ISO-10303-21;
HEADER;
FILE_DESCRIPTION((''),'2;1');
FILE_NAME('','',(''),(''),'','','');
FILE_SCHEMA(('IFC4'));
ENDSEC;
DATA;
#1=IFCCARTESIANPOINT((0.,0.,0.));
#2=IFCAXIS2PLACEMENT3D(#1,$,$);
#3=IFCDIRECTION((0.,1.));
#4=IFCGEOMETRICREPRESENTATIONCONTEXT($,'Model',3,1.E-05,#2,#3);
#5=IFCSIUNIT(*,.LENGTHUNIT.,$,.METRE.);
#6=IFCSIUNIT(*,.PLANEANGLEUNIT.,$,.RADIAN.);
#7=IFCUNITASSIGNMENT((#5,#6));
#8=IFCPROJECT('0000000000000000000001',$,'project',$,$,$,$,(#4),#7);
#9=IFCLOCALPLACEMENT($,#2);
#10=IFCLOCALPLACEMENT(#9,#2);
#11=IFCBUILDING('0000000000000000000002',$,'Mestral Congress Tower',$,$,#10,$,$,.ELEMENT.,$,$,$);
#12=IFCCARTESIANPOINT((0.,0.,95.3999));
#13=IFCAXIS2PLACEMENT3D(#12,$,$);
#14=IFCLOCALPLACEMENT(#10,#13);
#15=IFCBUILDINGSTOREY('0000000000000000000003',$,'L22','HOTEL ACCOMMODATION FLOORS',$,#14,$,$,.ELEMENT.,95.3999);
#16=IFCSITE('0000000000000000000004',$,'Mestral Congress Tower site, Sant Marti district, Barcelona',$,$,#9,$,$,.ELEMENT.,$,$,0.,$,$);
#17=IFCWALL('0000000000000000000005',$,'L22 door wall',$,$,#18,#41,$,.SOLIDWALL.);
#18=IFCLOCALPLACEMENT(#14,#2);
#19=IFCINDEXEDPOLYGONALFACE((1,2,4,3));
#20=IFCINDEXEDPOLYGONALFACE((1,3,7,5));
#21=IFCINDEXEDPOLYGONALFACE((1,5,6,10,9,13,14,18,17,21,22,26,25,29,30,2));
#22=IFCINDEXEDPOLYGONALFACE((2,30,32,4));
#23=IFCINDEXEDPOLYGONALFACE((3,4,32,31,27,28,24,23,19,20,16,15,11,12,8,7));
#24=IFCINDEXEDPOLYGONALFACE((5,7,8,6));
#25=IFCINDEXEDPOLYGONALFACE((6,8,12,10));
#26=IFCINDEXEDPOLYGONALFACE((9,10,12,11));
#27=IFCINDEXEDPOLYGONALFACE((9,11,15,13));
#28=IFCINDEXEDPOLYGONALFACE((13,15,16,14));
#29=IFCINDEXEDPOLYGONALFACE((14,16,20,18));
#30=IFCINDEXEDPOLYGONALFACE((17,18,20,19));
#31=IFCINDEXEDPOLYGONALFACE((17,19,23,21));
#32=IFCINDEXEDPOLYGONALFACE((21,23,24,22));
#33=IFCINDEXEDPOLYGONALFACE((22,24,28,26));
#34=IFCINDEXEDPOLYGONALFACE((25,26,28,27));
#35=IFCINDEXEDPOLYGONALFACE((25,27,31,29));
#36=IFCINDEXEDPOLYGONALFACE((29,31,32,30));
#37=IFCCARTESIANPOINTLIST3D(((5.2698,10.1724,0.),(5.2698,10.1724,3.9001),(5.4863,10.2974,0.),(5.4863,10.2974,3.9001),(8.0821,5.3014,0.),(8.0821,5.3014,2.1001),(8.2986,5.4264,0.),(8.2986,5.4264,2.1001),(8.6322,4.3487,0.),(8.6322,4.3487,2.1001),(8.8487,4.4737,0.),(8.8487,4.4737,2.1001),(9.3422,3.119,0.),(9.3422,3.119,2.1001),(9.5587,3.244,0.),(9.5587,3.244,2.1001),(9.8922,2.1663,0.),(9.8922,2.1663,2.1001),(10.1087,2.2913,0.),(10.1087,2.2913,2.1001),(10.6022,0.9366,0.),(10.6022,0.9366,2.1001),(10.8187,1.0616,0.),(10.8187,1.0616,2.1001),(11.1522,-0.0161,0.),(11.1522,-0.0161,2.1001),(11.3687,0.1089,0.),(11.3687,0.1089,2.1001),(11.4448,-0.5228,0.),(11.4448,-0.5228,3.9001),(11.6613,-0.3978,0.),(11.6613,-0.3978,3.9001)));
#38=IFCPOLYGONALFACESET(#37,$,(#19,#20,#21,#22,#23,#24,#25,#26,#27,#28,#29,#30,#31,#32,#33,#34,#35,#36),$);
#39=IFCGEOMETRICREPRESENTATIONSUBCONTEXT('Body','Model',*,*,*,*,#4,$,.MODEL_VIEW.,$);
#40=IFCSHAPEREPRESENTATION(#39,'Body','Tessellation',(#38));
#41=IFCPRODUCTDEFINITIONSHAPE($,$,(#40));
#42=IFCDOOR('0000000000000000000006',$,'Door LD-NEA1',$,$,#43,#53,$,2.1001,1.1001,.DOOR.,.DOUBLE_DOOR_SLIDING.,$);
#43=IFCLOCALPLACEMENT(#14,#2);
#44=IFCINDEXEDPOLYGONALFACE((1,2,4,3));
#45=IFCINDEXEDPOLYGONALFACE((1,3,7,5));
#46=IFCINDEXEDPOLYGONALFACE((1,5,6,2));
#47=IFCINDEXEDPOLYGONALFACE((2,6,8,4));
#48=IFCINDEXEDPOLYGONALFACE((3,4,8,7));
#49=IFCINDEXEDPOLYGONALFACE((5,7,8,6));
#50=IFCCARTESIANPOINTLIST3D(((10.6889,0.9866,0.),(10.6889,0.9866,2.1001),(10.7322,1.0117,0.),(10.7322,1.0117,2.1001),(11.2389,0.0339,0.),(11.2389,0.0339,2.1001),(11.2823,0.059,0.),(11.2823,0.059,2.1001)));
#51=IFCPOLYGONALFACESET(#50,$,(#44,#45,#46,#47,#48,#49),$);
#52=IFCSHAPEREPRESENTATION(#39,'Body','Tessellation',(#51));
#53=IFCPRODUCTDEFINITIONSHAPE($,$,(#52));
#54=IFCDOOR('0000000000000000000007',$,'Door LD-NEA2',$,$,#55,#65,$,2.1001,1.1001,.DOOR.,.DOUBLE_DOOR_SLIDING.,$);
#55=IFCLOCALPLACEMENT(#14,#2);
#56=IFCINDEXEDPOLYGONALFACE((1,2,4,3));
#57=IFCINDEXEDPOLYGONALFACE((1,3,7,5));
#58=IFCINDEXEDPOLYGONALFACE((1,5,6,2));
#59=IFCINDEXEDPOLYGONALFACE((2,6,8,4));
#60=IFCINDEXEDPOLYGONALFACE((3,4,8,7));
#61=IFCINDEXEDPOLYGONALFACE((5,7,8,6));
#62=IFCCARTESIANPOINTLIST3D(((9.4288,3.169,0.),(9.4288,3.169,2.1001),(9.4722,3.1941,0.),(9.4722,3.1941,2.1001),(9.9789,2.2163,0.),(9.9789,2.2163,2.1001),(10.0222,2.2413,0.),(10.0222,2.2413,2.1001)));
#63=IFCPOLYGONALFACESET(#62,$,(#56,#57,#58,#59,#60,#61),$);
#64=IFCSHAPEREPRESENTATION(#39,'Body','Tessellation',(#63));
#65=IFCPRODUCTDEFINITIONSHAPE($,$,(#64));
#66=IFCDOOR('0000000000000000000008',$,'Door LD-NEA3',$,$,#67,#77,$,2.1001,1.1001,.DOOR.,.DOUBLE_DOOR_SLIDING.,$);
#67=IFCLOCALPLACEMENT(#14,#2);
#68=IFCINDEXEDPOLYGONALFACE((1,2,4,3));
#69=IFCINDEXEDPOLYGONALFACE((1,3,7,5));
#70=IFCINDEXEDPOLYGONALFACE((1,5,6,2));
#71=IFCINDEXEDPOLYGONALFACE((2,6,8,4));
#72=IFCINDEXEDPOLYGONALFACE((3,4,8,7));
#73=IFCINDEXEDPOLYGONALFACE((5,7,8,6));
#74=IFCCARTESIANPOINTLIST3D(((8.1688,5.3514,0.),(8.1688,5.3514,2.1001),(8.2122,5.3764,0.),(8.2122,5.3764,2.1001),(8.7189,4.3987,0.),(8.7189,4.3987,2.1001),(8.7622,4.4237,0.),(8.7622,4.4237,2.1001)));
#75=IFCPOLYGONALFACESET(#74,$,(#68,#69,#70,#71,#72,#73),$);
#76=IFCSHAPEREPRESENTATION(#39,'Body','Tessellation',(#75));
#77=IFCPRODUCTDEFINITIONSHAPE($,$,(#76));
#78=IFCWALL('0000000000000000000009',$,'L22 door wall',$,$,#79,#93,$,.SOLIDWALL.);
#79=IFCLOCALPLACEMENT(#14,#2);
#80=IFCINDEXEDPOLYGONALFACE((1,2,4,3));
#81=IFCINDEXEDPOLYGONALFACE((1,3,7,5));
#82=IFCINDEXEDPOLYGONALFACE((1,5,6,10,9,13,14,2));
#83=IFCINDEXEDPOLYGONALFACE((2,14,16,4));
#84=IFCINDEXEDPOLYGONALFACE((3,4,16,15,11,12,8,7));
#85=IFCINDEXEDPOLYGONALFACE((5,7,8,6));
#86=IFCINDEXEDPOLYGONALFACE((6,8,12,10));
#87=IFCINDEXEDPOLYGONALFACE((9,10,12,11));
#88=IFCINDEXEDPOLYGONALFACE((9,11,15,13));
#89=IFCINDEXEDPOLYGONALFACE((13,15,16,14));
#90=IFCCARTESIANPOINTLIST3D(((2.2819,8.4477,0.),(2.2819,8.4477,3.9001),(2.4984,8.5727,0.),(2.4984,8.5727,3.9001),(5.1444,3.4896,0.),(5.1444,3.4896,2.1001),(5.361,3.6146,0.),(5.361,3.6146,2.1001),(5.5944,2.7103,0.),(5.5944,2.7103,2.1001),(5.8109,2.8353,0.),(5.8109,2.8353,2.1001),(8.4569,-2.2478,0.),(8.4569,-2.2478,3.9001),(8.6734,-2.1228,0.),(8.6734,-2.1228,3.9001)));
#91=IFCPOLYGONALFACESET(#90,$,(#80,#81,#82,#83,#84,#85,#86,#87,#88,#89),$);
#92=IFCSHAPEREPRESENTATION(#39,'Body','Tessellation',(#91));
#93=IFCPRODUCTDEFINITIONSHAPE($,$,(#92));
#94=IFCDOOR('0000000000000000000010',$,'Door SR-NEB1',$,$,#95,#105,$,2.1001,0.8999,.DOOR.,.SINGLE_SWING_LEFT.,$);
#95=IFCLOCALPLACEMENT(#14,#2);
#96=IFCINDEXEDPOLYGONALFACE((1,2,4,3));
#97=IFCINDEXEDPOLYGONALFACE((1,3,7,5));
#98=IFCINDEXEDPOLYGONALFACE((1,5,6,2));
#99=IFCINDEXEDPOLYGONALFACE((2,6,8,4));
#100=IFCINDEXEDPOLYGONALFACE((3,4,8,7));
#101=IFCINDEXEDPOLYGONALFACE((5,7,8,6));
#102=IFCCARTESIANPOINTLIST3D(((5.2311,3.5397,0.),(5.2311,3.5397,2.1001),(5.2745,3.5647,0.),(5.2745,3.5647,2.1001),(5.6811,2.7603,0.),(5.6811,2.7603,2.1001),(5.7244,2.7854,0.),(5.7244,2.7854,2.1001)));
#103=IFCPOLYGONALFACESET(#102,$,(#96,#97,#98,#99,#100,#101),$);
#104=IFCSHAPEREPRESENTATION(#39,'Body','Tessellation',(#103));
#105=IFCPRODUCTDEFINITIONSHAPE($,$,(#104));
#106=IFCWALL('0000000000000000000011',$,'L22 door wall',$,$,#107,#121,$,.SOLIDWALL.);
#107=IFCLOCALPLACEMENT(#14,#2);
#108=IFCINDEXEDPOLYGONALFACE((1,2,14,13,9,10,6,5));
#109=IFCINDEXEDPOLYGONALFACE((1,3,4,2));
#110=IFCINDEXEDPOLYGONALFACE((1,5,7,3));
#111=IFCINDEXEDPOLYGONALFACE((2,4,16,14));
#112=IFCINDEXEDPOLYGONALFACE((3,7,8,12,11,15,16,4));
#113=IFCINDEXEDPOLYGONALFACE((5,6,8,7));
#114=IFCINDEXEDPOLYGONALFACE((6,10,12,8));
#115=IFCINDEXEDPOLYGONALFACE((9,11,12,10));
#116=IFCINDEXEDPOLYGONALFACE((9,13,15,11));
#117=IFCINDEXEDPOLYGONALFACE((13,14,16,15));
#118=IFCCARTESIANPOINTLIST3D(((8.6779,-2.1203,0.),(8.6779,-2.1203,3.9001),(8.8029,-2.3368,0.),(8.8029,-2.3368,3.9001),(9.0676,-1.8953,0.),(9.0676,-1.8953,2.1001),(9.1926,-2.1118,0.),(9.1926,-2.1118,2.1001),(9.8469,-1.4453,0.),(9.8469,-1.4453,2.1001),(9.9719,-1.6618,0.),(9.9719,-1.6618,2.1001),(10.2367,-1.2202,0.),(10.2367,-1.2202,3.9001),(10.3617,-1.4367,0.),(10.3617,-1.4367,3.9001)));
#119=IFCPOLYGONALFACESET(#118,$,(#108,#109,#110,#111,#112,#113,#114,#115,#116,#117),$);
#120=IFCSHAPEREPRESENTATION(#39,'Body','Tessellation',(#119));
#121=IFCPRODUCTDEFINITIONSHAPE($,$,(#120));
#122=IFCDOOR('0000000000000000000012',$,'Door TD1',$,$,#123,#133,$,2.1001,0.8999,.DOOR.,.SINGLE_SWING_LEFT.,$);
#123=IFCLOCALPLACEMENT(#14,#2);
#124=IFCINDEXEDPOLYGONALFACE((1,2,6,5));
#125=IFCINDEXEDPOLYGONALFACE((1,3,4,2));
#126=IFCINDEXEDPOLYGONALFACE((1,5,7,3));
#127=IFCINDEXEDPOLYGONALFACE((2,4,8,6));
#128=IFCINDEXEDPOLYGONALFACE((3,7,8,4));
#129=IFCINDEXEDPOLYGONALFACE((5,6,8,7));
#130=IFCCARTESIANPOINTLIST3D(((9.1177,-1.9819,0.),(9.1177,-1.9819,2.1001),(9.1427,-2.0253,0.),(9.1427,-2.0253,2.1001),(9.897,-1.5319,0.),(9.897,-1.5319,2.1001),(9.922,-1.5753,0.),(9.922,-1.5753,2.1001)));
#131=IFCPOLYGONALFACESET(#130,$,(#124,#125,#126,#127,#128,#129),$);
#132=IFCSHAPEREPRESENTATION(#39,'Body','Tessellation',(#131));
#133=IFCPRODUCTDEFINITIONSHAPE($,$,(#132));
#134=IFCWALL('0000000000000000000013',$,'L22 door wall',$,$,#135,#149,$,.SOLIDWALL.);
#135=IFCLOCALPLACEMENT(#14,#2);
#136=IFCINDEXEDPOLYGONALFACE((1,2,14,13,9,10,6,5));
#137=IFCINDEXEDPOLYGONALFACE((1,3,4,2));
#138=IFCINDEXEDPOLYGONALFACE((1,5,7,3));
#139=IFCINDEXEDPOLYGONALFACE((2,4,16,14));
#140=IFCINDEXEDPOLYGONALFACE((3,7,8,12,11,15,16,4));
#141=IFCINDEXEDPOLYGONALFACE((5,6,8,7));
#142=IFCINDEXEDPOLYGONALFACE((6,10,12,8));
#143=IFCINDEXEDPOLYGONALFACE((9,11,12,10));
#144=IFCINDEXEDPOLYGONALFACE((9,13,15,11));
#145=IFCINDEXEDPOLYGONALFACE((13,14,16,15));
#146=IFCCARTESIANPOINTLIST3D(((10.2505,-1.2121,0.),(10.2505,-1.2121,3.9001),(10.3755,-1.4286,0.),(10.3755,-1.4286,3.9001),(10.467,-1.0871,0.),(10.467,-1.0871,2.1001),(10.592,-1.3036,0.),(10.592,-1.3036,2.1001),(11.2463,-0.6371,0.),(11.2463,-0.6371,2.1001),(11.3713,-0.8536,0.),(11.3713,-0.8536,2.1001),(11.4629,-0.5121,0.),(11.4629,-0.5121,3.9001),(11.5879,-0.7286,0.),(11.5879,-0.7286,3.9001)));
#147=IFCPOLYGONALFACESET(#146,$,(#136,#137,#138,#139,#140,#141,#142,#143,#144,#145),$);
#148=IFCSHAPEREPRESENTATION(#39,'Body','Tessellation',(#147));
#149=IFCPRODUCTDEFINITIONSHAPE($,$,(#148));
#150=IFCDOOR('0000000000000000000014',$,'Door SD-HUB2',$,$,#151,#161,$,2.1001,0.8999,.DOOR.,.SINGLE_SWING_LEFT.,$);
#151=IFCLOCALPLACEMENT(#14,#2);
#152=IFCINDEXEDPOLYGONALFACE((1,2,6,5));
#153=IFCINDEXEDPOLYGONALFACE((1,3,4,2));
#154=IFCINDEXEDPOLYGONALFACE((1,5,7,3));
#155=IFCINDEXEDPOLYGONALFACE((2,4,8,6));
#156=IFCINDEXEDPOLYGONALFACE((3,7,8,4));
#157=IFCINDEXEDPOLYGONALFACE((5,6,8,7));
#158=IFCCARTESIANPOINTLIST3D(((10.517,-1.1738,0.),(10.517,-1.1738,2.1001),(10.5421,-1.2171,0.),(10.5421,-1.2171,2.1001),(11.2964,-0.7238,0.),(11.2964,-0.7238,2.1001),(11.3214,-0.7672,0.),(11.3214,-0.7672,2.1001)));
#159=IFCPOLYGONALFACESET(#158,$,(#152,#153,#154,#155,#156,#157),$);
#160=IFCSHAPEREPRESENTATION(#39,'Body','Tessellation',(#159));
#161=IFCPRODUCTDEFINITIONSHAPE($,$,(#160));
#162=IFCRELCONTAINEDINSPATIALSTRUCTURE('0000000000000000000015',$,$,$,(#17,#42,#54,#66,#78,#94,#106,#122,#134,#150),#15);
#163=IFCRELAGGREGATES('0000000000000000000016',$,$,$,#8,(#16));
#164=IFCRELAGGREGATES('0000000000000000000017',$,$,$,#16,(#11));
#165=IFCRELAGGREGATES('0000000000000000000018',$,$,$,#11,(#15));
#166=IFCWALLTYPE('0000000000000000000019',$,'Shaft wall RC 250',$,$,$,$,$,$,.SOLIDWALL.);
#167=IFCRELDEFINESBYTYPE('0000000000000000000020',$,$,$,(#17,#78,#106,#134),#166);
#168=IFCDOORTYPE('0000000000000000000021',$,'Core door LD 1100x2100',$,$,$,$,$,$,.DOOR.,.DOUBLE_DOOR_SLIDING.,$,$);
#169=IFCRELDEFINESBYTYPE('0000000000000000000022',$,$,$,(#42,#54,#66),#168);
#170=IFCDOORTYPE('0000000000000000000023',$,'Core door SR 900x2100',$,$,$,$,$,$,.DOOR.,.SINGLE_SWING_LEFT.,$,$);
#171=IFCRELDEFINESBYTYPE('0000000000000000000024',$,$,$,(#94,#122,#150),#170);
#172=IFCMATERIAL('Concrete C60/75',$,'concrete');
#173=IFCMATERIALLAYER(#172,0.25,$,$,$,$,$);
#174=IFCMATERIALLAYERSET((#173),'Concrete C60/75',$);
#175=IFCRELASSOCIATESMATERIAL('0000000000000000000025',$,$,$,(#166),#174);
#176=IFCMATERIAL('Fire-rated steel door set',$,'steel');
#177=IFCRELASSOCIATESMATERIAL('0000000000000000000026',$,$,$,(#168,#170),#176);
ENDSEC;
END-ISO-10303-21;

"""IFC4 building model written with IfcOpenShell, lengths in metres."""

from ifc_helpers import new_model, si_unit, direction, frame, frame_2d, origin, place, context, subcontext, project, spatial, rectangle, extrude, material, layer, layer_set, type_object, element, fill, save


model = new_model("IFC4")

# Units and contexts
model_context = context("Model", 3, precision=1e-05, world=origin(), true_north=direction((0.0, 1.0)))
body_context = subcontext(model_context, "Body", "Model", "MODEL_VIEW")
ifc_project = project(units=[si_unit("LENGTHUNIT", "METRE"), si_unit("PLANEANGLEUNIT", "RADIAN")], contexts=[model_context])

# Site, building, storey
site_placement = place(None, origin())
site = spatial("IfcSite", under=ifc_project, at=site_placement, Name="Mestral Congress Tower site, Sant Marti district, Barcelona", CompositionType="ELEMENT", RefElevation=0.0)
building_placement = place(site_placement, origin())
building = spatial("IfcBuilding", under=site, at=building_placement, Name="Mestral Congress Tower", CompositionType="ELEMENT")
storey_placement = place(building_placement, frame((0.0, 0.0, 95.3999)))
storey = spatial("IfcBuildingStorey", under=building, at=storey_placement, Name="L22", Description="HOTEL ACCOMMODATION FLOORS", CompositionType="ELEMENT", Elevation=95.3999)

# Shared definitions
ifc_material_1 = material(Name="Fire-rated steel door set", Category="steel")

# Shared definitions
ifc_material_2 = material(Name="Concrete C60/75", Category="concrete")
ifc_layer_1 = layer(ifc_material_2, 0.25)
ifc_layer_set_1 = layer_set([ifc_layer_1], Name="Concrete C60/75")
wall_type_1 = type_object("IfcWallType", Name="Shaft wall RC 250", PredefinedType="SOLIDWALL", material=ifc_layer_set_1)

# Wall, openings, doors
wall_1_placement = place(storey_placement, frame((11.553, -0.4602, 0.0), z_axis=(0.0, 0.0, 1.0), x_axis=(-0.500007, 0.866022, 0.0)))
wall_1 = element("IfcWall", 1, at=wall_1_placement, inside=storey, type_object=wall_type_1, Name="L22 door wall", PredefinedType="SOLIDWALL", context=body_context, shape_type="SweptSolid", body=[
    extrude(rectangle(XDim=12.3499, YDim=0.25, at=frame_2d((6.1748, 0.0))), origin(), (0.0, 0.0, 1.0), 3.9001),
])
opening_1_placement = place(wall_1_placement, frame((0.585, 0.0, 0.0)))
opening_1 = element("IfcOpeningElement", 2, at=opening_1_placement, cuts=wall_1, PredefinedType="OPENING", context=body_context, shape_type="SweptSolid", body=[
    extrude(rectangle(XDim=1.1001, YDim=2.1001, at=frame_2d((0.55, 1.05))), frame((0.0, 0.135, 0.0), z_axis=(0.0, -1.0, 0.0), x_axis=(1.0, 0.0, 0.0)), (0.0, 0.0, 1.0), 0.27),
])
opening_2_placement = place(wall_1_placement, frame((3.105, 0.0, 0.0)))
opening_2 = element("IfcOpeningElement", 3, at=opening_2_placement, cuts=wall_1, PredefinedType="OPENING", context=body_context, shape_type="SweptSolid", body=[
    extrude(rectangle(XDim=1.1001, YDim=2.1001, at=frame_2d((0.55, 1.05))), frame((0.0, 0.135, 0.0), z_axis=(0.0, -1.0, 0.0), x_axis=(1.0, 0.0, 0.0)), (0.0, 0.0, 1.0), 0.27),
])
opening_3_placement = place(wall_1_placement, frame((5.625, 0.0, 0.0)))
opening_3 = element("IfcOpeningElement", 4, at=opening_3_placement, cuts=wall_1, PredefinedType="OPENING", context=body_context, shape_type="SweptSolid", body=[
    extrude(rectangle(XDim=1.1001, YDim=2.1001, at=frame_2d((0.55, 1.05))), frame((0.0, 0.135, 0.0), z_axis=(0.0, -1.0, 0.0), x_axis=(1.0, 0.0, 0.0)), (0.0, 0.0, 1.0), 0.27),
])
door_type_1 = type_object("IfcDoorType", Name="Core door LD 1100x2100", OperationType="DOUBLE_DOOR_SLIDING", PredefinedType="DOOR", material=ifc_material_1)
door_1_placement = place(opening_1_placement, origin())
door_1 = element("IfcDoor", 5, at=door_1_placement, inside=storey, type_object=door_type_1, Name="Door LD-NEA1", OperationType="DOUBLE_DOOR_SLIDING", OverallHeight=2.1001, OverallWidth=1.1001, PredefinedType="DOOR", context=body_context, shape_type="SweptSolid", body=[
    extrude(rectangle(XDim=1.1001, YDim=2.1001, at=frame_2d((0.55, 1.05))), frame((0.0, 0.0249, 0.0), z_axis=(0.0, -1.0, 0.0), x_axis=(1.0, 0.0, 0.0)), (0.0, 0.0, 1.0), 0.05),
])
fill(opening_1, door_1)
door_2_placement = place(opening_2_placement, origin())
door_2 = element("IfcDoor", 6, at=door_2_placement, inside=storey, type_object=door_type_1, Name="Door LD-NEA2", OperationType="DOUBLE_DOOR_SLIDING", OverallHeight=2.1001, OverallWidth=1.1001, PredefinedType="DOOR", context=body_context, shape_type="SweptSolid", body=[
    extrude(rectangle(XDim=1.1001, YDim=2.1001, at=frame_2d((0.55, 1.05))), frame((0.0, 0.0249, 0.0), z_axis=(0.0, -1.0, 0.0), x_axis=(1.0, 0.0, 0.0)), (0.0, 0.0, 1.0), 0.05),
])
fill(opening_2, door_2)
door_3_placement = place(opening_3_placement, origin())
door_3 = element("IfcDoor", 7, at=door_3_placement, inside=storey, type_object=door_type_1, Name="Door LD-NEA3", OperationType="DOUBLE_DOOR_SLIDING", OverallHeight=2.1001, OverallWidth=1.1001, PredefinedType="DOOR", context=body_context, shape_type="SweptSolid", body=[
    extrude(rectangle(XDim=1.1001, YDim=2.1001, at=frame_2d((0.55, 1.05))), frame((0.0, 0.0249, 0.0), z_axis=(0.0, -1.0, 0.0), x_axis=(1.0, 0.0, 0.0)), (0.0, 0.0, 1.0), 0.05),
])
fill(opening_3, door_3)

# Walls, openings, doors
wall_2_placement = place(storey_placement, frame((8.5652, -2.1853, 0.0), z_axis=(0.0, 0.0, 1.0), x_axis=(-0.499998, 0.866027, 0.0)))
wall_2 = element("IfcWall", 8, at=wall_2_placement, inside=storey, type_object=wall_type_1, Name="L22 door wall", PredefinedType="SOLIDWALL", context=body_context, shape_type="SweptSolid", body=[
    extrude(rectangle(XDim=12.3501, YDim=0.25, at=frame_2d((6.175, 0.0))), origin(), (0.0, 0.0, 1.0), 3.9001),
])
opening_4_placement = place(wall_2_placement, frame((5.7251, 0.0, 0.0)))
opening_4 = element("IfcOpeningElement", 9, at=opening_4_placement, cuts=wall_2, PredefinedType="OPENING", context=body_context, shape_type="SweptSolid", body=[
    extrude(rectangle(XDim=0.8999, YDim=2.1001, at=frame_2d((0.45, 1.05))), frame((0.0, 0.135, 0.0), z_axis=(0.0, -1.0, 0.0), x_axis=(1.0, 0.0, 0.0)), (0.0, 0.0, 1.0), 0.27),
])
door_type_2 = type_object("IfcDoorType", Name="Core door SR 900x2100", OperationType="SINGLE_SWING_LEFT", PredefinedType="DOOR", material=ifc_material_1)
door_4_placement = place(opening_4_placement, origin())
door_4 = element("IfcDoor", 10, at=door_4_placement, inside=storey, type_object=door_type_2, Name="Door SR-NEB1", OperationType="SINGLE_SWING_LEFT", OverallHeight=2.1001, OverallWidth=0.8999, PredefinedType="DOOR", context=body_context, shape_type="SweptSolid", body=[
    extrude(rectangle(XDim=0.8999, YDim=2.1001, at=frame_2d((0.45, 1.05))), frame((0.0, 0.0249, 0.0), z_axis=(0.0, -1.0, 0.0), x_axis=(1.0, 0.0, 0.0)), (0.0, 0.0, 1.0), 0.05),
])
fill(opening_4, door_4)
wall_3_placement = place(storey_placement, frame((8.7405, -2.2285, 0.0), z_axis=(0.0, 0.0, 1.0), x_axis=(0.865989, 0.500063, 0.0)))
wall_3 = element("IfcWall", 11, at=wall_3_placement, inside=storey, type_object=wall_type_1, Name="L22 door wall", PredefinedType="SOLIDWALL", context=body_context, shape_type="SweptSolid", body=[
    extrude(rectangle(XDim=1.8, YDim=0.25, at=frame_2d((0.8999, 0.0))), origin(), (0.0, 0.0, 1.0), 3.9001),
])
opening_5_placement = place(wall_3_placement, frame((0.45, 0.0, 0.0)))
opening_5 = element("IfcOpeningElement", 12, at=opening_5_placement, cuts=wall_3, PredefinedType="OPENING", context=body_context, shape_type="SweptSolid", body=[
    extrude(rectangle(XDim=0.8999, YDim=2.1001, at=frame_2d((0.45, 1.05))), frame((0.0, 0.135, 0.0), z_axis=(0.0, -1.0, 0.0), x_axis=(1.0, 0.0, 0.0)), (0.0, 0.0, 1.0), 0.27),
])
door_5_placement = place(opening_5_placement, origin())
door_5 = element("IfcDoor", 13, at=door_5_placement, inside=storey, type_object=door_type_2, Name="Door TD1", OperationType="SINGLE_SWING_LEFT", OverallHeight=2.1001, OverallWidth=0.8999, PredefinedType="DOOR", context=body_context, shape_type="SweptSolid", body=[
    extrude(rectangle(XDim=0.8999, YDim=2.1001, at=frame_2d((0.45, 1.05))), frame((0.0, 0.0249, 0.0), z_axis=(0.0, -1.0, 0.0), x_axis=(1.0, 0.0, 0.0)), (0.0, 0.0, 1.0), 0.05),
])
fill(opening_5, door_5)
wall_4_placement = place(storey_placement, frame((10.313, -1.3203, 0.0), z_axis=(0.0, 0.0, 1.0), x_axis=(0.866035, 0.499984, 0.0)))
wall_4 = element("IfcWall", 14, at=wall_4_placement, inside=storey, type_object=wall_type_1, Name="L22 door wall", PredefinedType="SOLIDWALL", context=body_context, shape_type="SweptSolid", body=[
    extrude(rectangle(XDim=1.3999, YDim=0.25, at=frame_2d((0.7, 0.0))), origin(), (0.0, 0.0, 1.0), 3.9001),
])
opening_6_placement = place(wall_4_placement, frame((0.25, 0.0, 0.0)))
opening_6 = element("IfcOpeningElement", 15, at=opening_6_placement, cuts=wall_4, PredefinedType="OPENING", context=body_context, shape_type="SweptSolid", body=[
    extrude(rectangle(XDim=0.8999, YDim=2.1001, at=frame_2d((0.45, 1.05))), frame((0.0, 0.135, 0.0), z_axis=(0.0, -1.0, 0.0), x_axis=(1.0, 0.0, 0.0)), (0.0, 0.0, 1.0), 0.27),
])
door_6_placement = place(opening_6_placement, origin())
door_6 = element("IfcDoor", 16, at=door_6_placement, inside=storey, type_object=door_type_2, Name="Door SD-HUB2", OperationType="SINGLE_SWING_LEFT", OverallHeight=2.1001, OverallWidth=0.8999, PredefinedType="DOOR", context=body_context, shape_type="SweptSolid", body=[
    extrude(rectangle(XDim=0.8999, YDim=2.1001, at=frame_2d((0.45, 1.05))), frame((0.0, 0.0249, 0.0), z_axis=(0.0, -1.0, 0.0), x_axis=(1.0, 0.0, 0.0)), (0.0, 0.0, 1.0), 0.05),
])
fill(opening_6, door_6)

save(model, "model.ifc")
